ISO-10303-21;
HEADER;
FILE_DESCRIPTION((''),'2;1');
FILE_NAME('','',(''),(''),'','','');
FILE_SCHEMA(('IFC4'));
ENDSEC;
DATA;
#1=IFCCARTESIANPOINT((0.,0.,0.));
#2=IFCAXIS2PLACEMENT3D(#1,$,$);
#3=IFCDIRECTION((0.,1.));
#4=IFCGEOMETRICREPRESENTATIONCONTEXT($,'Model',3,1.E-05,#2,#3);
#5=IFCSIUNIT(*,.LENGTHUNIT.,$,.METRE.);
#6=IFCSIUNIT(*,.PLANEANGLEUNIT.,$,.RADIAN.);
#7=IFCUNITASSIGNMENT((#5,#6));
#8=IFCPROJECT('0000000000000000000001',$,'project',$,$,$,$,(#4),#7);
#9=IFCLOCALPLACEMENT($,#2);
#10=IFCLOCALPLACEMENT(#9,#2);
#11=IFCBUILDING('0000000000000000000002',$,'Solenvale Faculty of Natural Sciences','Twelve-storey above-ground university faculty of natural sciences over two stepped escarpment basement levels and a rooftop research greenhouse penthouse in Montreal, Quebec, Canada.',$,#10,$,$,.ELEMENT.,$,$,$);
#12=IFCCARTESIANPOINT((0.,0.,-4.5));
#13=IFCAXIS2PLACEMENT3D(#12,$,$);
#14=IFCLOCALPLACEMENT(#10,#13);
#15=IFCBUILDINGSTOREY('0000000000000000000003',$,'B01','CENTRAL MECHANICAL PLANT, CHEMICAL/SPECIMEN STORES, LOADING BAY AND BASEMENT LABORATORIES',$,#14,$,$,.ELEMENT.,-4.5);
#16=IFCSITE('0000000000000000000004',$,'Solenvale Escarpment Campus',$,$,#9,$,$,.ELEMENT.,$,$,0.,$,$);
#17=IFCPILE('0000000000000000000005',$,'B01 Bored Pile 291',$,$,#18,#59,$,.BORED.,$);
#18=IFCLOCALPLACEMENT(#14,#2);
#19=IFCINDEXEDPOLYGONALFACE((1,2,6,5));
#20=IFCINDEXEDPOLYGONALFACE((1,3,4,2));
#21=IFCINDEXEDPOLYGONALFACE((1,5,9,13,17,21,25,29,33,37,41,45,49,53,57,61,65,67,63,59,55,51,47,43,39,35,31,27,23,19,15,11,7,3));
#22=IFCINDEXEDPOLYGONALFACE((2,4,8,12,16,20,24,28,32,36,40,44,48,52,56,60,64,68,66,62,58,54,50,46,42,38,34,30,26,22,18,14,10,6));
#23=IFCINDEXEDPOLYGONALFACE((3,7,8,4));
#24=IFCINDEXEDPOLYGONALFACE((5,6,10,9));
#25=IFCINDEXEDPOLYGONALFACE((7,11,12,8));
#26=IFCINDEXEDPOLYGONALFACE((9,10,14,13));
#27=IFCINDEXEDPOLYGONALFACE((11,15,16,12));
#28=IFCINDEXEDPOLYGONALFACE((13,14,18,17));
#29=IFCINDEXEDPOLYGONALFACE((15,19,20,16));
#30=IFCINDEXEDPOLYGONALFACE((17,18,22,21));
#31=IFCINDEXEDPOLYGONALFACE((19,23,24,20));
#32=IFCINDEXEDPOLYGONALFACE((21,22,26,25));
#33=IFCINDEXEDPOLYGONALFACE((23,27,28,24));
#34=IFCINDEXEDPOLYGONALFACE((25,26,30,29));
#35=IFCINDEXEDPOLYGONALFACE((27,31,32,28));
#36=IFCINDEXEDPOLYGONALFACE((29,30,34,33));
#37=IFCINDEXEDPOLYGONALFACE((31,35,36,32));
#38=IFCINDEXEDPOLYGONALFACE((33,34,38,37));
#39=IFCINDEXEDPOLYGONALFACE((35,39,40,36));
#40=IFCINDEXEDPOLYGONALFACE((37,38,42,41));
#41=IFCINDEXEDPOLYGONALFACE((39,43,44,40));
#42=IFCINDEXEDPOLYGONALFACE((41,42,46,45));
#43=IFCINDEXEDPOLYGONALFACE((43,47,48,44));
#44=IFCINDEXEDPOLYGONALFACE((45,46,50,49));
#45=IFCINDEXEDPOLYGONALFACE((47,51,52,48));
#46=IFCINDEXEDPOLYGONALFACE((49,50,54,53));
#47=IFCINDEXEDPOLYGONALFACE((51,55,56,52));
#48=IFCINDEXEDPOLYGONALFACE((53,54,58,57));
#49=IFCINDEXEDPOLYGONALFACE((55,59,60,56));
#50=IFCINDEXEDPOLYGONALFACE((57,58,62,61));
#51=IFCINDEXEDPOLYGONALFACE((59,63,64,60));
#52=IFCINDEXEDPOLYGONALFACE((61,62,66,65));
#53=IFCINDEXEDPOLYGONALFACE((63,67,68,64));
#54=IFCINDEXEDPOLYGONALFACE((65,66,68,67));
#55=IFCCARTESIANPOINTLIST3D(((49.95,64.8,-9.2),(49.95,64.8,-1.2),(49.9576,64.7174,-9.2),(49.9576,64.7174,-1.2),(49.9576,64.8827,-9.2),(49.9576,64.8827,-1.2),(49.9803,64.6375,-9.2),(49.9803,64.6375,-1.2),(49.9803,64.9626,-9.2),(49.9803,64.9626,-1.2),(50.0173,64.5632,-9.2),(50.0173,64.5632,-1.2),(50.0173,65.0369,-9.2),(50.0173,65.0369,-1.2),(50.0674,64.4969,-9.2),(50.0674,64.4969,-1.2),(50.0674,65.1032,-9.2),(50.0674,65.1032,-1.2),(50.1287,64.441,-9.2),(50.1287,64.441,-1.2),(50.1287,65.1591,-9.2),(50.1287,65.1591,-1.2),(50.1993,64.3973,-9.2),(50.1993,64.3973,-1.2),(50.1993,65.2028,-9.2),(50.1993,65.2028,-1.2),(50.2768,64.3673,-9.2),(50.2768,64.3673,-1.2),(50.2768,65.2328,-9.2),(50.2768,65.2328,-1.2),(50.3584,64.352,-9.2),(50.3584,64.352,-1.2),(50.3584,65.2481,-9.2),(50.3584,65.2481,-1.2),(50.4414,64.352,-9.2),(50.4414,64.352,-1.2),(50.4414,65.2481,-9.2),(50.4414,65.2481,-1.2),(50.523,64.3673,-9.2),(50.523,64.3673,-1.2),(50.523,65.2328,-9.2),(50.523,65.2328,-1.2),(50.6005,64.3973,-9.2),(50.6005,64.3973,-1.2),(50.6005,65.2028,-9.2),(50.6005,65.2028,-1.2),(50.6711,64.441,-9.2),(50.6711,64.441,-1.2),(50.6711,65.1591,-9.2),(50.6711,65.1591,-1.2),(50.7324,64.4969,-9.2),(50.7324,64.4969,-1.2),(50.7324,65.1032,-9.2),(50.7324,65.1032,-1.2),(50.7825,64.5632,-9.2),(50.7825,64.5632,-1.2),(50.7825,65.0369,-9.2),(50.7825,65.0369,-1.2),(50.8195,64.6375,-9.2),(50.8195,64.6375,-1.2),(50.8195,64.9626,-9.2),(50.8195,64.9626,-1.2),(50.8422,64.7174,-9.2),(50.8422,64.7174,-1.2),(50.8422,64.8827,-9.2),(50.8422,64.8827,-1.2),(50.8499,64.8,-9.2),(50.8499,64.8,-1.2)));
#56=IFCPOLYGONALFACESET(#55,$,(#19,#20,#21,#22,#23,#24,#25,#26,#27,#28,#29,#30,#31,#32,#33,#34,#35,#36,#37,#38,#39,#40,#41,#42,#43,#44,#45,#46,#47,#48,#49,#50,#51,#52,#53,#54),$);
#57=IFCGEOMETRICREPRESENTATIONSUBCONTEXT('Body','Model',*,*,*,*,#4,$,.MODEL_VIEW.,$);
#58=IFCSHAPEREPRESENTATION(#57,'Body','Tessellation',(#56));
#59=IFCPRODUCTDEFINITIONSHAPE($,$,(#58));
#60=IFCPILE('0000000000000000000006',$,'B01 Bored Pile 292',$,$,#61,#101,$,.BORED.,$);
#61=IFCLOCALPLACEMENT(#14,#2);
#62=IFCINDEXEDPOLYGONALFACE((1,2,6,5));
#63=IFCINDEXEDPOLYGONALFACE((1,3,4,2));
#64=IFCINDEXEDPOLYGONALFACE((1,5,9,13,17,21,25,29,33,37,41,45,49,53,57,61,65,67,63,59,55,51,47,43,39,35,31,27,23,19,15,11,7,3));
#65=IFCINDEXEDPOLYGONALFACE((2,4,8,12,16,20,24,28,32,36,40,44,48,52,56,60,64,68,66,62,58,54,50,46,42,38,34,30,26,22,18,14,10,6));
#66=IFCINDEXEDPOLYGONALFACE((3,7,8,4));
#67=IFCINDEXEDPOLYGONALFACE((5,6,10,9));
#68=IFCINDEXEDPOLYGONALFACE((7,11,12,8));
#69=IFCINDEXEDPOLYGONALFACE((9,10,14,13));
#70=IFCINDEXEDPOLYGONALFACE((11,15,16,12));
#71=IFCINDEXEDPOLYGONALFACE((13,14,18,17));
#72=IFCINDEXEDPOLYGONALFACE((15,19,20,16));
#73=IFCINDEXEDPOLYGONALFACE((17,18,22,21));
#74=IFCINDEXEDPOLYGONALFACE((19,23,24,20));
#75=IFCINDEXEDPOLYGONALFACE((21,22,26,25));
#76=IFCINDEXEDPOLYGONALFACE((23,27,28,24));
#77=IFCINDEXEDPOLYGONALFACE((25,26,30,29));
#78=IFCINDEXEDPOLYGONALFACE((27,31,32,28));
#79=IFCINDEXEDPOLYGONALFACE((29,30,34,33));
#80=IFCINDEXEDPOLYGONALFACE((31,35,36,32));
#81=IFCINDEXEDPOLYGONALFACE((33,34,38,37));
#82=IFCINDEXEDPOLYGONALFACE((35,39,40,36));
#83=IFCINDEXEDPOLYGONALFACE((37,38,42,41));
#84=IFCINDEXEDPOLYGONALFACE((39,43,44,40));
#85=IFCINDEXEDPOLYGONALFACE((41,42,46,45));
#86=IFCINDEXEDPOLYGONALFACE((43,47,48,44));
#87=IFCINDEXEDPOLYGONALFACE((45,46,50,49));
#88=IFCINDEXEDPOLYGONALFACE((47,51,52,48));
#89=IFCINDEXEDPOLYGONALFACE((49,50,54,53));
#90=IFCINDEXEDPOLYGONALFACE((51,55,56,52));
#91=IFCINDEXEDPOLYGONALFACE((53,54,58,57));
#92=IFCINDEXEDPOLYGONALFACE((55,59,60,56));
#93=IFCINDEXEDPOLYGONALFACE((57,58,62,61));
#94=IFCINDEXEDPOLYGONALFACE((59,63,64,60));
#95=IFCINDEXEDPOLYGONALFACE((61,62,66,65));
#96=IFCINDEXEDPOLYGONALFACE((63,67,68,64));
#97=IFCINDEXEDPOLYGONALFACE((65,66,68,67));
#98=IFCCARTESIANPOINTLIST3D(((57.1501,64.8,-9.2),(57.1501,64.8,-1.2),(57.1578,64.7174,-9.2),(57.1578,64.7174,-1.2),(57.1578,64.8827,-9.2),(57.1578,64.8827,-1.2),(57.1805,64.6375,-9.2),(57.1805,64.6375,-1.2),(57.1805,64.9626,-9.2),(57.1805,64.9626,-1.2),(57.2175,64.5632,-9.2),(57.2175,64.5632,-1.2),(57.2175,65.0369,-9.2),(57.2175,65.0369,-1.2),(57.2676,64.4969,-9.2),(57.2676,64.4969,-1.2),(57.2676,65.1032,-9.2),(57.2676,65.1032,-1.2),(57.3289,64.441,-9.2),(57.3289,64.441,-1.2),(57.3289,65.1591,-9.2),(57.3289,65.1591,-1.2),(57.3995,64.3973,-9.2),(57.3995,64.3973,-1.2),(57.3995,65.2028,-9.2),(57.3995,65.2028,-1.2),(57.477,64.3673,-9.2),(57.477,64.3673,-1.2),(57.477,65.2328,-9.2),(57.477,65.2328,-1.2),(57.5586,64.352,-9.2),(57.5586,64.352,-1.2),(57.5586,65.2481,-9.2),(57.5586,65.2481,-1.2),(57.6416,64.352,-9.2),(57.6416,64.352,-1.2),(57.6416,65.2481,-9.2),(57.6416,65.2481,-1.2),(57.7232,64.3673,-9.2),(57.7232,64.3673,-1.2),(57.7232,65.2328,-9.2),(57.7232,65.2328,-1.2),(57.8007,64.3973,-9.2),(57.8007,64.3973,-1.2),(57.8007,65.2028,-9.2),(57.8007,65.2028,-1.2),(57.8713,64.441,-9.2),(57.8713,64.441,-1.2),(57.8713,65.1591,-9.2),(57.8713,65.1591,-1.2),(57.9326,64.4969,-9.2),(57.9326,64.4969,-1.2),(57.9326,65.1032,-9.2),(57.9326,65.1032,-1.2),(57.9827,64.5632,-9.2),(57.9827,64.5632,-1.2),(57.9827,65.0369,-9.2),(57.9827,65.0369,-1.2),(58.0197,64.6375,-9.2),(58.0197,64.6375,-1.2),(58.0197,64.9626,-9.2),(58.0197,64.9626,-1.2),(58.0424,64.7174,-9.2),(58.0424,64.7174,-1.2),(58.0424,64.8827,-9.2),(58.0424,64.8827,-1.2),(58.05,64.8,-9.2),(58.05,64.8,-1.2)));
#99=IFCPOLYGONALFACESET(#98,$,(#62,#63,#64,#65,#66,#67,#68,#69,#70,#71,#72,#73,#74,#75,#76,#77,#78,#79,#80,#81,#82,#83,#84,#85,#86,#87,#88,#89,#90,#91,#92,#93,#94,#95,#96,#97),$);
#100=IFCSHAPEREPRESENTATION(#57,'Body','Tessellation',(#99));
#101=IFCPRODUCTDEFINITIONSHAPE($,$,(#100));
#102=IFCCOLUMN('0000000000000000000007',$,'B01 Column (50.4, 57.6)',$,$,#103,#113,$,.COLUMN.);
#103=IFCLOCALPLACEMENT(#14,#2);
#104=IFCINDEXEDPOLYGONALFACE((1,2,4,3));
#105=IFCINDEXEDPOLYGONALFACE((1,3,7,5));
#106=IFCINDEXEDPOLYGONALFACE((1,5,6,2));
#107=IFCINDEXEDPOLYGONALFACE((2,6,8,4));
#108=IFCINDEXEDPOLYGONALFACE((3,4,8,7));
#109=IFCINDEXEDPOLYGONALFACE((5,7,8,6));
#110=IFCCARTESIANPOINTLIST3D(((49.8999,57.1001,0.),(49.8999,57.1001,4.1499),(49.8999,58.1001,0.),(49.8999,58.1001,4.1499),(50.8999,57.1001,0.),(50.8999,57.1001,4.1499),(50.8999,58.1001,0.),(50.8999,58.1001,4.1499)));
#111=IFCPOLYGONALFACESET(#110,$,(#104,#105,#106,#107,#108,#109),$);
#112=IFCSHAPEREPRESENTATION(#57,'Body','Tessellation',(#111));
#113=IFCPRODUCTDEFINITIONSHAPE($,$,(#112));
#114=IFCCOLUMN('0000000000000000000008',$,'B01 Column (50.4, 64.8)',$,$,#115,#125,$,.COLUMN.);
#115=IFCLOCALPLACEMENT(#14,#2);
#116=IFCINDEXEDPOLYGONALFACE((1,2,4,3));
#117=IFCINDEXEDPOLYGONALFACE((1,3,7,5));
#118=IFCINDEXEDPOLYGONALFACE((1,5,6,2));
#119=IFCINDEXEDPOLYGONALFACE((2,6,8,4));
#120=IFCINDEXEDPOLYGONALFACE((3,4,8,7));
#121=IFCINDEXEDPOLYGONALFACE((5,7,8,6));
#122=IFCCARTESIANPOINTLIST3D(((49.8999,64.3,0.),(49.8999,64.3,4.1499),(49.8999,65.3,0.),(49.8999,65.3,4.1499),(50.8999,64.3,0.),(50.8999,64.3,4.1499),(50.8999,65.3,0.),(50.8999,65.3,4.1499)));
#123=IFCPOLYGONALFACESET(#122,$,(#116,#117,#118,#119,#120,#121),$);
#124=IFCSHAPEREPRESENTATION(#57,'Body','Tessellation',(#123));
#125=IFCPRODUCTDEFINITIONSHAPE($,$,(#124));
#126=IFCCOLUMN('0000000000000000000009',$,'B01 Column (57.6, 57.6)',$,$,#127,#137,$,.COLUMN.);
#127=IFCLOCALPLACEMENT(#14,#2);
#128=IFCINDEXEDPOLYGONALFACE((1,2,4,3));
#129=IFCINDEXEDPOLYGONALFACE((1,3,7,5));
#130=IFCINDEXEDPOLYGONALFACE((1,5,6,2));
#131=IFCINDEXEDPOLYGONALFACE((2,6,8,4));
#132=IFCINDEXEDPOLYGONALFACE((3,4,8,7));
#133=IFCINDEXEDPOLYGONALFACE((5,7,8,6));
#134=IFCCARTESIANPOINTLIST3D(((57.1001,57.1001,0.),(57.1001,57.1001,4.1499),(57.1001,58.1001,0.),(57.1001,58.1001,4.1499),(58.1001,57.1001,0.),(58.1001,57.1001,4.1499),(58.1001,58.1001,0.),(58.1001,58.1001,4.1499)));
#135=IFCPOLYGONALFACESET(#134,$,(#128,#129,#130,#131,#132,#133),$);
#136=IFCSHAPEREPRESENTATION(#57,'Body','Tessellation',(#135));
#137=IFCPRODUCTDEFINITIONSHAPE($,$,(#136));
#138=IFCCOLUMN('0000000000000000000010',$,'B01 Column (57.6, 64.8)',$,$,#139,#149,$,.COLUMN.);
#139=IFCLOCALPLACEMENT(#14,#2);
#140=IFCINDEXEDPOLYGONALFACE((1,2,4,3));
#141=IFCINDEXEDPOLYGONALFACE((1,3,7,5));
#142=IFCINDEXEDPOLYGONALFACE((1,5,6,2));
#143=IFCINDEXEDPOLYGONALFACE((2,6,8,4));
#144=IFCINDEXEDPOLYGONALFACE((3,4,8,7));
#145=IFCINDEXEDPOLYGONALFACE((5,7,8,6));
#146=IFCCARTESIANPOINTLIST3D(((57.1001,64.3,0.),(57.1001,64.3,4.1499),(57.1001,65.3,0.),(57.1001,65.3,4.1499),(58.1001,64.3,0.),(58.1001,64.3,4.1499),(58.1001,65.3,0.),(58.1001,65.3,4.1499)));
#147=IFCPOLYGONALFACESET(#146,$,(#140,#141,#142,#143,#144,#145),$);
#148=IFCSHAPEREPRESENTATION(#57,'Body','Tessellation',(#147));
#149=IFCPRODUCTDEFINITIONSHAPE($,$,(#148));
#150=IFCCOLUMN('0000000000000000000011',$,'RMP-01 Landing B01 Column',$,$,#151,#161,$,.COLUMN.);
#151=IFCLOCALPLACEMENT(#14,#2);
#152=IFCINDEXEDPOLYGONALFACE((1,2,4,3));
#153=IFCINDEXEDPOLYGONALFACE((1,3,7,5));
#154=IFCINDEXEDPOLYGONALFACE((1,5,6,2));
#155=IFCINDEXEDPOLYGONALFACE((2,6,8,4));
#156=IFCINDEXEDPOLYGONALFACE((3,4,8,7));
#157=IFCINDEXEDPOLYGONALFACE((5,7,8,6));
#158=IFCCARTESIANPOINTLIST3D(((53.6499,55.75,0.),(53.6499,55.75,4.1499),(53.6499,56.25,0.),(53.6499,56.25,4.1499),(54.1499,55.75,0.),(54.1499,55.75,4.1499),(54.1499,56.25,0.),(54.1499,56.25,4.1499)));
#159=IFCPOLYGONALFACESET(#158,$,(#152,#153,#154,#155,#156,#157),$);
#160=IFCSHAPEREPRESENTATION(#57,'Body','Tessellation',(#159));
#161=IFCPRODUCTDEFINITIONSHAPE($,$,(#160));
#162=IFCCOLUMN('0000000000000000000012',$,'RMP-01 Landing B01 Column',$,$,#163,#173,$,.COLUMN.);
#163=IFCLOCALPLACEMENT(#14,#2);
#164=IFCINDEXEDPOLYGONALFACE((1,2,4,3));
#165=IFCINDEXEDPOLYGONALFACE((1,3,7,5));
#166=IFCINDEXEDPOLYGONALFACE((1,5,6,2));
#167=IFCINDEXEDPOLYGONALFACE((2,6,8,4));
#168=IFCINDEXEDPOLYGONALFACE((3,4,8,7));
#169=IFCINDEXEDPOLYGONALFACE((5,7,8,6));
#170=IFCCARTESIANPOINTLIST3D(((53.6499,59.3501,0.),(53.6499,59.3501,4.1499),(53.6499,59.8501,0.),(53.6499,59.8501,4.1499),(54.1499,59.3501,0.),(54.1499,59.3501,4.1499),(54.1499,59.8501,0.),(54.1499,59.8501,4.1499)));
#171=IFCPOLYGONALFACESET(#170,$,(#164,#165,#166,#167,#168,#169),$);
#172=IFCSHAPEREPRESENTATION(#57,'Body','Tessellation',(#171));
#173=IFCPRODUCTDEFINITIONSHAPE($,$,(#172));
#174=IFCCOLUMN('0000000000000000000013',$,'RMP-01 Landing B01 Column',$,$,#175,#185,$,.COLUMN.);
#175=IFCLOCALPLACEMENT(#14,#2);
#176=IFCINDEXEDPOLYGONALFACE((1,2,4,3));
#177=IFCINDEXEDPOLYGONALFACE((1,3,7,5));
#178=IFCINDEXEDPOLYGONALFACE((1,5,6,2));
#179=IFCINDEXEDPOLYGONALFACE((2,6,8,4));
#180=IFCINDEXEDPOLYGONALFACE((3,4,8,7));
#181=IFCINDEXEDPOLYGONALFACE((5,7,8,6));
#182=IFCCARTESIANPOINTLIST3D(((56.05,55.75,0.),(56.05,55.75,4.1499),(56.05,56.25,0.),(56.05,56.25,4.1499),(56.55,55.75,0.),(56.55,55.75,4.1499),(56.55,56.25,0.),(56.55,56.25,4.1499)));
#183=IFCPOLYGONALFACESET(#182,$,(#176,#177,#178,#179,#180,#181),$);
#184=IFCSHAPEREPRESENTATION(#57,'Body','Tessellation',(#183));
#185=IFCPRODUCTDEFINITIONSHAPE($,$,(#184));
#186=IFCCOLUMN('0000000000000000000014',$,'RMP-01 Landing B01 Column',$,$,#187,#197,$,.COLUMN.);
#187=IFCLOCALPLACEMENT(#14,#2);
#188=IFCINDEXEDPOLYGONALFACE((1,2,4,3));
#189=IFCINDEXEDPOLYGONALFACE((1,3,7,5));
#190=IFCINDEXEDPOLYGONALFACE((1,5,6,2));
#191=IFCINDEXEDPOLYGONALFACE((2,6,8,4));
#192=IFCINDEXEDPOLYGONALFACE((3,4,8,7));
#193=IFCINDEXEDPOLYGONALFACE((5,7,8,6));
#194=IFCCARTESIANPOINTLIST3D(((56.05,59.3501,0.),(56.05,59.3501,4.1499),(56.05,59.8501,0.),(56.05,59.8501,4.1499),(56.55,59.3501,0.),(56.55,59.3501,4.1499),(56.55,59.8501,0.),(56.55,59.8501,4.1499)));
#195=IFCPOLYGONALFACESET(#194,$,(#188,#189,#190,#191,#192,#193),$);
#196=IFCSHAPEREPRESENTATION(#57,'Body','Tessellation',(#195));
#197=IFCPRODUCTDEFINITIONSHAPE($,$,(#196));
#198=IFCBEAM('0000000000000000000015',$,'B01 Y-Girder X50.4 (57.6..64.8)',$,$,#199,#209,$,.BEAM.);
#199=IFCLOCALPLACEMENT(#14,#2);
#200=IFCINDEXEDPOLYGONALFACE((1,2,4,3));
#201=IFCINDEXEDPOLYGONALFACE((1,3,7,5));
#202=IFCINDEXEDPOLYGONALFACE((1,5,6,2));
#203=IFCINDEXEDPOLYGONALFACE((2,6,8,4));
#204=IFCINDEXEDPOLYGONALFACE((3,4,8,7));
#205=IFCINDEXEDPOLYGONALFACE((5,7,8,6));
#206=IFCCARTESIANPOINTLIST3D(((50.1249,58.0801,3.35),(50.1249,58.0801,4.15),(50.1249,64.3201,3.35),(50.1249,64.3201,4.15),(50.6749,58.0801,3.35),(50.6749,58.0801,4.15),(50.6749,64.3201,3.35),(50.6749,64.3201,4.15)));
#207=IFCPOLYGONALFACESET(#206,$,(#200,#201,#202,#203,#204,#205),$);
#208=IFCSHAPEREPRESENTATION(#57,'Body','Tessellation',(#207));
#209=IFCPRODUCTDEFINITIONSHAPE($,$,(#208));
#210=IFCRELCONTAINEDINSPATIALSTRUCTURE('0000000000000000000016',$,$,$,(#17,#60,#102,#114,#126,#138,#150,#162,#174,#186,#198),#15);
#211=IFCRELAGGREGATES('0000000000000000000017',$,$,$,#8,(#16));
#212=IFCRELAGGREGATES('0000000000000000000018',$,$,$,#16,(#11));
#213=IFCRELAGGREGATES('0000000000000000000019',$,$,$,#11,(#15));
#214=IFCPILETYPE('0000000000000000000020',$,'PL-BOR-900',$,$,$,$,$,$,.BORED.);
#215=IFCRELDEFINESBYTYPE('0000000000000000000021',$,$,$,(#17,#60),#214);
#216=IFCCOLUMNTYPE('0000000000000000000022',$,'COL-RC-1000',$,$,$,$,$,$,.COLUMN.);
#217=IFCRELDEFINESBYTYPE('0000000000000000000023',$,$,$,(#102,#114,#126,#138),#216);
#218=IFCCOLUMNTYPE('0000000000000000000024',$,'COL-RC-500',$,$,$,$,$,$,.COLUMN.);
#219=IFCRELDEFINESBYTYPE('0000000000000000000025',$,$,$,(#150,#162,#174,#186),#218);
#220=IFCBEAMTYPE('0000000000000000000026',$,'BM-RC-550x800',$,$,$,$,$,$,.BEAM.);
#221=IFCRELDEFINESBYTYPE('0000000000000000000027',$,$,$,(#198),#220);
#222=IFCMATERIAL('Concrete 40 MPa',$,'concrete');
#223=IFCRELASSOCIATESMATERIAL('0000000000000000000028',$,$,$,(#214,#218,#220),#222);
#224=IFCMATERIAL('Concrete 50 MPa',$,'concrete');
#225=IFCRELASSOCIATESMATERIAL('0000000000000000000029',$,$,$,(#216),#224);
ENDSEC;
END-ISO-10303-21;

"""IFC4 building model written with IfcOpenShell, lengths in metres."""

from ifc_helpers import new_model, si_unit, direction, frame, origin, origin_2d, place, context, subcontext, project, spatial, rectangle, circle, extrude, material, material_profile, profile_set, type_object, element, save


model = new_model("IFC4")

# Units and contexts
model_context = context("Model", 3, precision=1e-05, world=origin(), true_north=direction((0.0, 1.0)))
body_context = subcontext(model_context, "Body", "Model", "MODEL_VIEW")
ifc_project = project(units=[si_unit("LENGTHUNIT", "METRE"), si_unit("PLANEANGLEUNIT", "RADIAN")], contexts=[model_context])

# Site, building, storey
site_placement = place(None, origin())
site = spatial("IfcSite", under=ifc_project, at=site_placement, Name="Solenvale Escarpment Campus", CompositionType="ELEMENT", RefElevation=0.0)
building_placement = place(site_placement, origin())
building = spatial("IfcBuilding", under=site, at=building_placement, Name="Solenvale Faculty of Natural Sciences", Description="Twelve-storey above-ground university faculty of natural sciences over two stepped escarpment basement levels and a rooftop research greenhouse penthouse in Montreal, Quebec, Canada.", CompositionType="ELEMENT")
storey_placement = place(building_placement, frame((0.0, 0.0, -4.5)))
storey = spatial("IfcBuildingStorey", under=building, at=storey_placement, Name="B01", Description="CENTRAL MECHANICAL PLANT, CHEMICAL/SPECIMEN STORES, LOADING BAY AND BASEMENT LABORATORIES", CompositionType="ELEMENT", Elevation=-4.5)

# Shared definitions
ifc_material_1 = material(Name="Concrete 40 MPa", Category="concrete")

# Piles
ifc_material_profile_1 = material_profile(ifc_material_1, circle(Radius=0.45, at=origin_2d()), Name="PILE-D900")
ifc_profile_set_1 = profile_set([ifc_material_profile_1], Name="Concrete 40 MPa")
pile_type_1 = type_object("IfcPileType", Name="PL-BOR-900", PredefinedType="BORED", material=ifc_profile_set_1)
for number, where, z_axis, x_axis, name in (
    (1, (50.3999, 64.8, -1.2), (0.0, 0.0, -1.0), (1.0, 0.0, 0.0), "B01 Bored Pile 291"),
    (2, (57.6001, 64.8, -1.2), (0.0, 0.0, -1.0), (1.0, 0.0, 0.0), "B01 Bored Pile 292"),
):
    element("IfcPile", number, at=place(storey_placement, frame(where, z_axis=z_axis, x_axis=x_axis)), inside=storey, type_object=pile_type_1, Name=name, PredefinedType="BORED", context=body_context, shape_type="SweptSolid", body=[
        extrude(circle(Radius=0.45, at=origin_2d()), origin(), (0.0, 0.0, 1.0), 8.0),
    ])

# Columns
ifc_material_2 = material(Name="Concrete 50 MPa", Category="concrete")
ifc_material_profile_2 = material_profile(ifc_material_2, rectangle(XDim=1.0, YDim=1.0, at=origin_2d()), Name="RC-COL-1000x1000")
ifc_profile_set_2 = profile_set([ifc_material_profile_2], Name="Concrete 50 MPa")
column_type_1 = type_object("IfcColumnType", Name="COL-RC-1000", PredefinedType="COLUMN", material=ifc_profile_set_2)
for number, where, z_axis, x_axis, name in (
    (3, (50.3999, 57.6001, 0.0), (0.0, 0.0, 1.0), (1.0, 0.0, 0.0), "B01 Column (50.4, 57.6)"),
    (4, (50.3999, 64.8, 0.0), (0.0, 0.0, 1.0), (1.0, 0.0, 0.0), "B01 Column (50.4, 64.8)"),
    (5, (57.6001, 57.6001, 0.0), (0.0, 0.0, 1.0), (1.0, 0.0, 0.0), "B01 Column (57.6, 57.6)"),
    (6, (57.6001, 64.8, 0.0), (0.0, 0.0, 1.0), (1.0, 0.0, 0.0), "B01 Column (57.6, 64.8)"),
):
    element("IfcColumn", number, at=place(storey_placement, frame(where, z_axis=z_axis, x_axis=x_axis)), inside=storey, type_object=column_type_1, Name=name, PredefinedType="COLUMN", context=body_context, shape_type="SweptSolid", body=[
        extrude(rectangle(XDim=1.0, YDim=1.0, at=origin_2d()), origin(), (0.0, 0.0, 1.0), 4.1499),
    ])
ifc_material_profile_3 = material_profile(ifc_material_1, rectangle(XDim=0.5, YDim=0.5, at=origin_2d()), Name="RC-COL-500x500")
ifc_profile_set_3 = profile_set([ifc_material_profile_3], Name="Concrete 40 MPa")
column_type_2 = type_object("IfcColumnType", Name="COL-RC-500", PredefinedType="COLUMN", material=ifc_profile_set_3)
for number, where, z_axis, x_axis, name in (
    (7, (53.8999, 56.0, 0.0), (0.0, 0.0, 1.0), (1.0, 0.0, 0.0), "RMP-01 Landing B01 Column"),
    (8, (53.8999, 59.6001, 0.0), (0.0, 0.0, 1.0), (1.0, 0.0, 0.0), "RMP-01 Landing B01 Column"),
    (9, (56.3, 56.0, 0.0), (0.0, 0.0, 1.0), (1.0, 0.0, 0.0), "RMP-01 Landing B01 Column"),
    (10, (56.3, 59.6001, 0.0), (0.0, 0.0, 1.0), (1.0, 0.0, 0.0), "RMP-01 Landing B01 Column"),
):
    element("IfcColumn", number, at=place(storey_placement, frame(where, z_axis=z_axis, x_axis=x_axis)), inside=storey, type_object=column_type_2, Name=name, PredefinedType="COLUMN", context=body_context, shape_type="SweptSolid", body=[
        extrude(rectangle(XDim=0.5, YDim=0.5, at=origin_2d()), origin(), (0.0, 0.0, 1.0), 4.1499),
    ])

# Beam
ifc_material_profile_4 = material_profile(ifc_material_1, rectangle(XDim=0.55, YDim=0.8, at=origin_2d()), Name="RC-BM-550x800")
ifc_profile_set_4 = profile_set([ifc_material_profile_4], Name="Concrete 40 MPa")
beam_type_1 = type_object("IfcBeamType", Name="BM-RC-550x800", PredefinedType="BEAM", material=ifc_profile_set_4)
for number, where, z_axis, x_axis, name in (
    (11, (50.3999, 58.0801, 3.75), (0.0, 1.0, 0.0), (-1.0, 0.0, 0.0), "B01 Y-Girder X50.4 (57.6..64.8)"),
):
    element("IfcBeam", number, at=place(storey_placement, frame(where, z_axis=z_axis, x_axis=x_axis)), inside=storey, type_object=beam_type_1, Name=name, PredefinedType="BEAM", context=body_context, shape_type="SweptSolid", body=[
        extrude(rectangle(XDim=0.55, YDim=0.8, at=origin_2d()), origin(), (0.0, 0.0, 1.0), 6.24),
    ])

save(model, "model.ifc")
